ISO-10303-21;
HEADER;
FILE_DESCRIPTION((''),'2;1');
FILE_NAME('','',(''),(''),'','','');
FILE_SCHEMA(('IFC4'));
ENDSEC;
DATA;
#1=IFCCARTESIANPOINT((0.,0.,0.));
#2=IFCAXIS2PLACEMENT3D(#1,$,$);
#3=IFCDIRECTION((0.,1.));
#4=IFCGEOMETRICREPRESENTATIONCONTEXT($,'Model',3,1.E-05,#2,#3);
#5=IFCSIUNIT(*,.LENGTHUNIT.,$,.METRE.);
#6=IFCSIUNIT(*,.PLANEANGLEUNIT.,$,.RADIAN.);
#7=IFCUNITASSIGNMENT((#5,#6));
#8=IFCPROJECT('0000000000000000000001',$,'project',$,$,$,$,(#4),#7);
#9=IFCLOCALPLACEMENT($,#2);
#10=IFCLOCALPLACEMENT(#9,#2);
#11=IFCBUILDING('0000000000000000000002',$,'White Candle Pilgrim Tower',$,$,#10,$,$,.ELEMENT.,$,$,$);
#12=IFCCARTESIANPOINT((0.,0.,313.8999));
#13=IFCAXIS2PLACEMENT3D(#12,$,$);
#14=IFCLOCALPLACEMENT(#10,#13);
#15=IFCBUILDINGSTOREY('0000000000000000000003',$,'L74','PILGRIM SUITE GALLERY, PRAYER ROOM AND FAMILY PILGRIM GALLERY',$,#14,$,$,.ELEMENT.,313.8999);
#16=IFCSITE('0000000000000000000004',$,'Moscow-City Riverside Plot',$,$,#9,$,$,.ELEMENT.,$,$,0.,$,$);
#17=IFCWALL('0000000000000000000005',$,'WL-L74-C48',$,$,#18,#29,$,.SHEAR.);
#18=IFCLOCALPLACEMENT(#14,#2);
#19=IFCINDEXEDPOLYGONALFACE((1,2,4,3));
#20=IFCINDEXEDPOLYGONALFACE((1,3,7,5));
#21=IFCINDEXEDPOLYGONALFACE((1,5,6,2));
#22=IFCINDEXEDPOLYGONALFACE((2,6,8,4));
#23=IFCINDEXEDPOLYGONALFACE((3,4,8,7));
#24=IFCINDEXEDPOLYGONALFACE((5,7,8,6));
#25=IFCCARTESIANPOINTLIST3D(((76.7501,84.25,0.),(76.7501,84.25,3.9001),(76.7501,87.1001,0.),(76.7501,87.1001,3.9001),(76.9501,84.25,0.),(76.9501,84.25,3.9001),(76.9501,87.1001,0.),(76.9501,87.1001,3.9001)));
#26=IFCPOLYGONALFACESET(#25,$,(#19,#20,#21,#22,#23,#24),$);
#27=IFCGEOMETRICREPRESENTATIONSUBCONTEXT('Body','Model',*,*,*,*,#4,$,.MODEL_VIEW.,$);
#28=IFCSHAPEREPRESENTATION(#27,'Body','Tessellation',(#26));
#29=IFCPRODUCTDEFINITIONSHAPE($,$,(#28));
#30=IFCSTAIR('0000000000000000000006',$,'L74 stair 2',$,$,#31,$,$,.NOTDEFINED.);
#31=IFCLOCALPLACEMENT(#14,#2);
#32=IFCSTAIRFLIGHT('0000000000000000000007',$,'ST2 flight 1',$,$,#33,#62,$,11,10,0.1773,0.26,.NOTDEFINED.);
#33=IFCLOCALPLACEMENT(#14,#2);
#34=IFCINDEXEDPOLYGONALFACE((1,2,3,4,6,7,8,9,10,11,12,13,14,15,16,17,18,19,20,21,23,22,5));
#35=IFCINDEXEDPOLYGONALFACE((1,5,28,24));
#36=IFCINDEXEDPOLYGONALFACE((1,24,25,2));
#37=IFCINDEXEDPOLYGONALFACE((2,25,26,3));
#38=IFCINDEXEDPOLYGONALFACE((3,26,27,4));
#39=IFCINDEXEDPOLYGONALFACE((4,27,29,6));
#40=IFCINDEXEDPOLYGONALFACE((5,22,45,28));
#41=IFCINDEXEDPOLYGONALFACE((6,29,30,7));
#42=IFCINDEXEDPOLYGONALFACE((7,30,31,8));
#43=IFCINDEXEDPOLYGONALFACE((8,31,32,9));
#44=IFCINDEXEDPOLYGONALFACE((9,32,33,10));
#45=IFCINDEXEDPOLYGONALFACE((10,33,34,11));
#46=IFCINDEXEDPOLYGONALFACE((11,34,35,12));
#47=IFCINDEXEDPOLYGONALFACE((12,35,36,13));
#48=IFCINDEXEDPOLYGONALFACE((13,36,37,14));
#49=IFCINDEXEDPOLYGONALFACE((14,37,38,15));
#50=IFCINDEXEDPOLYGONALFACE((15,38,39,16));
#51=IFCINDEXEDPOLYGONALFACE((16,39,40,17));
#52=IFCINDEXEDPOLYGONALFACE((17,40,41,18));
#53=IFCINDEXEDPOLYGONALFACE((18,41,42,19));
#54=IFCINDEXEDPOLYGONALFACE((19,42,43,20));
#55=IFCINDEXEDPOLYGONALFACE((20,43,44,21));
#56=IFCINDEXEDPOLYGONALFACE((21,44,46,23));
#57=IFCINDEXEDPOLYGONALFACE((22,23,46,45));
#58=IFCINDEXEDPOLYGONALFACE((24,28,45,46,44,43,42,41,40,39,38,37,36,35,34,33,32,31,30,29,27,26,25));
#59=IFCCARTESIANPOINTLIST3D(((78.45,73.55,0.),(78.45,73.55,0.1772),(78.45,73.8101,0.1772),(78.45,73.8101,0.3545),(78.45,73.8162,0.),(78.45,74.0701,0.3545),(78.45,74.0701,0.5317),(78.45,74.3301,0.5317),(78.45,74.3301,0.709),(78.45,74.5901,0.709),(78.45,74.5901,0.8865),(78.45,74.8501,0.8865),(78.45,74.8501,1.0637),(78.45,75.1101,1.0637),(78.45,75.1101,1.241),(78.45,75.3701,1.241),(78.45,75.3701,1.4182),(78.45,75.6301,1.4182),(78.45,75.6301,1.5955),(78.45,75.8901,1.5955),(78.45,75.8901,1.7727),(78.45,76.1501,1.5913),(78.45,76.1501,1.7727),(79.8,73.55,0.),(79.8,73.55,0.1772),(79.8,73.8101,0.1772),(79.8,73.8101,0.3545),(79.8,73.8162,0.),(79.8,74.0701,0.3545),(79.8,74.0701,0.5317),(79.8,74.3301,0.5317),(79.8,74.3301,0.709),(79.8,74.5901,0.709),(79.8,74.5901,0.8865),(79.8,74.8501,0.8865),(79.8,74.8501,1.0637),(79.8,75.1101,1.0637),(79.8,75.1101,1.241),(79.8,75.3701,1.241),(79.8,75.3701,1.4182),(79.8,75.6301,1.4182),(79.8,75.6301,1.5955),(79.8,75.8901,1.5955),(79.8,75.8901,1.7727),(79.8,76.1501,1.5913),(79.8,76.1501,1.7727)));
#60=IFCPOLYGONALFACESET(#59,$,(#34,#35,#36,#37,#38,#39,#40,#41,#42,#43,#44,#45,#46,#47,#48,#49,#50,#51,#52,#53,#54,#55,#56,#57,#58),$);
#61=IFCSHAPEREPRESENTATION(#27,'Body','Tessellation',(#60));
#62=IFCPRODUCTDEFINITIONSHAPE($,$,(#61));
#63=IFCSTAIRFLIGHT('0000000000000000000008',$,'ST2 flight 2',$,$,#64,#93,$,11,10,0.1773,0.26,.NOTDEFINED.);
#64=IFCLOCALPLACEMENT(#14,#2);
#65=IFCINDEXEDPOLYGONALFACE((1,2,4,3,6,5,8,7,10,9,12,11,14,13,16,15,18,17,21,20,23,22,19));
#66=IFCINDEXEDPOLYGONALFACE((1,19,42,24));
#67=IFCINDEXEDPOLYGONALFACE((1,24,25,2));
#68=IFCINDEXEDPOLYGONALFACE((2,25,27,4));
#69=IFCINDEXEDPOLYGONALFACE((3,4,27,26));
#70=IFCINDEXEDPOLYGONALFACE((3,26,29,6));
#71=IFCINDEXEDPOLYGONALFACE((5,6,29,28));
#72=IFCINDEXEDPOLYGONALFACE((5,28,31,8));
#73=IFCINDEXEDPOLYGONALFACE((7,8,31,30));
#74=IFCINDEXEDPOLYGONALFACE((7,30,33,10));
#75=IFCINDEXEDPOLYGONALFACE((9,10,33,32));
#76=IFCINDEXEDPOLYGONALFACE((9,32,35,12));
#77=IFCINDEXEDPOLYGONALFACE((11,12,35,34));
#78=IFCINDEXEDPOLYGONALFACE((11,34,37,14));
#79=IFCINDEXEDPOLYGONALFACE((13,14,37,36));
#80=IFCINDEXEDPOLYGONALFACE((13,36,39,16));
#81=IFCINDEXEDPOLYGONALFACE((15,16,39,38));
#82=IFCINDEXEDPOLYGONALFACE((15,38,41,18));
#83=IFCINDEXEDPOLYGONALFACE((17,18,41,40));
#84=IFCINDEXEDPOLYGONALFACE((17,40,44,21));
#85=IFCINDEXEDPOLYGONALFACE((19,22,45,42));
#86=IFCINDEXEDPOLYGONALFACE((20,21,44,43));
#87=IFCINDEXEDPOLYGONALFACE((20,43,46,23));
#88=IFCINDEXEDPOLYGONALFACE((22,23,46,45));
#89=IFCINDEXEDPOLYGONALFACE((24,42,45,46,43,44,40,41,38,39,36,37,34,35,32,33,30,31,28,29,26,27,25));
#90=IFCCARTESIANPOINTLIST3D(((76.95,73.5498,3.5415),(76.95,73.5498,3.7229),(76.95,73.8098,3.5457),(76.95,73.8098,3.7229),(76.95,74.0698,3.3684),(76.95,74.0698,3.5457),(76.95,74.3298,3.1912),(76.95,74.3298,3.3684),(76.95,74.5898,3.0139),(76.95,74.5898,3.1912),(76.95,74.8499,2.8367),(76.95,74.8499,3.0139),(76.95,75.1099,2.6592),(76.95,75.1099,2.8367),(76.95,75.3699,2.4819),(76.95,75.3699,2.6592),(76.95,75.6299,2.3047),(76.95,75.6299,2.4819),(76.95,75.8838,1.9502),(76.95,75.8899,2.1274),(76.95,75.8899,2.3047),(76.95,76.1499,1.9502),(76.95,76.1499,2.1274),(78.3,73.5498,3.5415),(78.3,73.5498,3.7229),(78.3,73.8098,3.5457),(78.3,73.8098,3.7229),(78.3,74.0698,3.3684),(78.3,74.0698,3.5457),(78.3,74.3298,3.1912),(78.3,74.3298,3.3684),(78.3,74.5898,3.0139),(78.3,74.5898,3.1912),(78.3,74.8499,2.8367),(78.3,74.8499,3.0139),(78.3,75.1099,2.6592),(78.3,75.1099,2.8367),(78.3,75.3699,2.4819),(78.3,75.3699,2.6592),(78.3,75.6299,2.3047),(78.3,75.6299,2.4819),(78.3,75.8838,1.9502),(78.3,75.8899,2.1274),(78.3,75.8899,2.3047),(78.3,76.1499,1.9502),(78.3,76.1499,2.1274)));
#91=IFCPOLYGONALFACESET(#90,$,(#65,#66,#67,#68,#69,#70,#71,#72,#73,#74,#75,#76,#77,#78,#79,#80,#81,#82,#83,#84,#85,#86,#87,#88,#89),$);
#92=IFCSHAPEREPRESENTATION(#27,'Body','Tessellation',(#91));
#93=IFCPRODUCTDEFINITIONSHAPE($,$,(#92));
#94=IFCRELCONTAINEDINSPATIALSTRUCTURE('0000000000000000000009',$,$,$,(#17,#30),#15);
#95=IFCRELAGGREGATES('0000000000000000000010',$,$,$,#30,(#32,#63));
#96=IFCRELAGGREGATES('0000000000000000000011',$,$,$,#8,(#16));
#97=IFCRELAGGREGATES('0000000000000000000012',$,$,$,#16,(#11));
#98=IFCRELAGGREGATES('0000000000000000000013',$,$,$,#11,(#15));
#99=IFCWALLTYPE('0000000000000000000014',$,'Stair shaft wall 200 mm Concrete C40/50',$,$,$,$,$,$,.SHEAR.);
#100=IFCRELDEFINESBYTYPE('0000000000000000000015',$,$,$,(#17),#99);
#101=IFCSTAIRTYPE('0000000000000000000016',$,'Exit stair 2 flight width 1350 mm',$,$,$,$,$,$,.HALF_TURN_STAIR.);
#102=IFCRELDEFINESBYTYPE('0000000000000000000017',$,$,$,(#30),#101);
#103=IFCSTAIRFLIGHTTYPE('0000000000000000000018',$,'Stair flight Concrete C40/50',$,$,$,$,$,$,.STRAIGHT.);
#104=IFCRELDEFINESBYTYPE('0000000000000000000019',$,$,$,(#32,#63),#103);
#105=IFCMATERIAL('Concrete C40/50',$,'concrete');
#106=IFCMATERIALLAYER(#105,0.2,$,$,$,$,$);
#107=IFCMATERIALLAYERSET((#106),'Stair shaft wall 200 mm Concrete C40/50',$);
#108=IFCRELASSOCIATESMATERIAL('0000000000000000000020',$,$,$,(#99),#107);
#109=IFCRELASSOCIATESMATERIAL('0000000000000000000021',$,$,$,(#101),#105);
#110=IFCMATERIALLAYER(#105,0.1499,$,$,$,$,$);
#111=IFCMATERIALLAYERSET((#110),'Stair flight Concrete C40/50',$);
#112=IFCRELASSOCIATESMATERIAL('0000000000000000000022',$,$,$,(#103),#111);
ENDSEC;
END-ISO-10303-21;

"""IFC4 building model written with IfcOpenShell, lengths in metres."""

from ifc_helpers import new_model, si_unit, direction, frame, frame_2d, origin, place, context, subcontext, project, spatial, polyline, rectangle, outline, extrude, material, layer, layer_set, type_object, element, aggregate, save


model = new_model("IFC4")

# Units and contexts
model_context = context("Model", 3, precision=1e-05, world=origin(), true_north=direction((0.0, 1.0)))
body_context = subcontext(model_context, "Body", "Model", "MODEL_VIEW")
ifc_project = project(units=[si_unit("LENGTHUNIT", "METRE"), si_unit("PLANEANGLEUNIT", "RADIAN")], contexts=[model_context])

# Site, building, storey
site_placement = place(None, origin())
site = spatial("IfcSite", under=ifc_project, at=site_placement, Name="Moscow-City Riverside Plot", CompositionType="ELEMENT", RefElevation=0.0)
building_placement = place(site_placement, origin())
building = spatial("IfcBuilding", under=site, at=building_placement, Name="White Candle Pilgrim Tower", CompositionType="ELEMENT")
storey_placement = place(building_placement, frame((0.0, 0.0, 313.8999)))
storey = spatial("IfcBuildingStorey", under=building, at=storey_placement, Name="L74", Description="PILGRIM SUITE GALLERY, PRAYER ROOM AND FAMILY PILGRIM GALLERY", CompositionType="ELEMENT", Elevation=313.8999)

# Shared definitions
ifc_material_1 = material(Name="Concrete C40/50", Category="concrete")

# Wall
ifc_layer_1 = layer(ifc_material_1, 0.2)
ifc_layer_set_1 = layer_set([ifc_layer_1], Name="Stair shaft wall 200 mm Concrete C40/50")
wall_type_1 = type_object("IfcWallType", Name="Stair shaft wall 200 mm Concrete C40/50", PredefinedType="SHEAR", material=ifc_layer_set_1)
wall_1_placement = place(storey_placement, frame((76.8501, 84.25, 0.0), z_axis=(0.0, 0.0, 1.0), x_axis=(0.0, 1.0, 0.0)))
element("IfcWall", 1, at=wall_1_placement, inside=storey, type_object=wall_type_1, Name="WL-L74-C48", PredefinedType="SHEAR", context=body_context, shape_type="SweptSolid", body=[
    extrude(rectangle(XDim=2.8501, YDim=0.2, at=frame_2d((1.425, 0.0))), origin(), (0.0, 0.0, 1.0), 3.9001),
])

# Stair, stair flights
stair_type = type_object("IfcStairType", Name="Exit stair 2 flight width 1350 mm", PredefinedType="HALF_TURN_STAIR", material=ifc_material_1)
stair_placement = place(storey_placement, origin())
stair = element("IfcStair", 2, at=stair_placement, inside=storey, type_object=stair_type, Name="L74 stair 2", PredefinedType="NOTDEFINED")
ifc_layer_2 = layer(ifc_material_1, 0.1499)
ifc_layer_set_2 = layer_set([ifc_layer_2], Name="Stair flight Concrete C40/50")
stair_flight_type = type_object("IfcStairFlightType", Name="Stair flight Concrete C40/50", PredefinedType="STRAIGHT", material=ifc_layer_set_2)
stair_flight_1_placement = place(storey_placement, frame((79.125, 73.55, 0.0), z_axis=(0.0, 0.0, 1.0), x_axis=(0.0, 1.0, 0.0)))
stair_flight_1 = element("IfcStairFlight", 3, at=stair_flight_1_placement, type_object=stair_flight_type, Name="ST2 flight 1", NumberOfRisers=11, NumberOfTreads=10, PredefinedType="NOTDEFINED", RiserHeight=0.1773, TreadLength=0.26, context=body_context, shape_type="SweptSolid", body=[
    extrude(outline(polyline([(0.0, 0.0), (0.0, 0.1772), (0.26, 0.1772), (0.26, 0.3545), (0.52, 0.3545), (0.52, 0.5317), (0.78, 0.5317), (0.78, 0.709), (1.04, 0.709), (1.04, 0.8865), (1.3, 0.8865), (1.3, 1.0637), (1.5601, 1.0637), (1.5601, 1.241), (1.8201, 1.241), (1.8201, 1.4182), (2.0801, 1.4182), (2.0801, 1.5955), (2.3401, 1.5955), (2.3401, 1.7727), (2.6001, 1.7727), (2.6001, 1.95), (2.6001, 1.5913), (0.2661, 0.0), (0.0, 0.0)])), frame((0.0, 0.675, 0.0), z_axis=(0.0, -1.0, 0.0), x_axis=(1.0, 0.0, 0.0)), (0.0, 0.0, 1.0), 1.3501),
])
stair_flight_2_placement = place(storey_placement, frame((77.625, 76.1499, 1.9502), z_axis=(0.0, 0.0, 1.0), x_axis=(0.0, -1.0, 0.0)))
stair_flight_2 = element("IfcStairFlight", 4, at=stair_flight_2_placement, type_object=stair_flight_type, Name="ST2 flight 2", NumberOfRisers=11, NumberOfTreads=10, PredefinedType="NOTDEFINED", RiserHeight=0.1773, TreadLength=0.26, context=body_context, shape_type="SweptSolid", body=[
    extrude(outline(polyline([(0.0, 0.0), (0.0, 0.1772), (0.26, 0.1772), (0.26, 0.3545), (0.52, 0.3545), (0.52, 0.5317), (0.78, 0.5317), (0.78, 0.709), (1.04, 0.709), (1.04, 0.8865), (1.3, 0.8865), (1.3, 1.0637), (1.5601, 1.0637), (1.5601, 1.241), (1.8201, 1.241), (1.8201, 1.4182), (2.0801, 1.4182), (2.0801, 1.5955), (2.3401, 1.5955), (2.3401, 1.7727), (2.6001, 1.7727), (2.6001, 1.95), (2.6001, 1.5913), (0.2661, 0.0), (0.0, 0.0)])), frame((0.0, 0.675, 0.0), z_axis=(0.0, -1.0, 0.0), x_axis=(1.0, 0.0, 0.0)), (0.0, 0.0, 1.0), 1.3501),
])
aggregate(stair, [stair_flight_1, stair_flight_2])

save(model, "model.ifc")
